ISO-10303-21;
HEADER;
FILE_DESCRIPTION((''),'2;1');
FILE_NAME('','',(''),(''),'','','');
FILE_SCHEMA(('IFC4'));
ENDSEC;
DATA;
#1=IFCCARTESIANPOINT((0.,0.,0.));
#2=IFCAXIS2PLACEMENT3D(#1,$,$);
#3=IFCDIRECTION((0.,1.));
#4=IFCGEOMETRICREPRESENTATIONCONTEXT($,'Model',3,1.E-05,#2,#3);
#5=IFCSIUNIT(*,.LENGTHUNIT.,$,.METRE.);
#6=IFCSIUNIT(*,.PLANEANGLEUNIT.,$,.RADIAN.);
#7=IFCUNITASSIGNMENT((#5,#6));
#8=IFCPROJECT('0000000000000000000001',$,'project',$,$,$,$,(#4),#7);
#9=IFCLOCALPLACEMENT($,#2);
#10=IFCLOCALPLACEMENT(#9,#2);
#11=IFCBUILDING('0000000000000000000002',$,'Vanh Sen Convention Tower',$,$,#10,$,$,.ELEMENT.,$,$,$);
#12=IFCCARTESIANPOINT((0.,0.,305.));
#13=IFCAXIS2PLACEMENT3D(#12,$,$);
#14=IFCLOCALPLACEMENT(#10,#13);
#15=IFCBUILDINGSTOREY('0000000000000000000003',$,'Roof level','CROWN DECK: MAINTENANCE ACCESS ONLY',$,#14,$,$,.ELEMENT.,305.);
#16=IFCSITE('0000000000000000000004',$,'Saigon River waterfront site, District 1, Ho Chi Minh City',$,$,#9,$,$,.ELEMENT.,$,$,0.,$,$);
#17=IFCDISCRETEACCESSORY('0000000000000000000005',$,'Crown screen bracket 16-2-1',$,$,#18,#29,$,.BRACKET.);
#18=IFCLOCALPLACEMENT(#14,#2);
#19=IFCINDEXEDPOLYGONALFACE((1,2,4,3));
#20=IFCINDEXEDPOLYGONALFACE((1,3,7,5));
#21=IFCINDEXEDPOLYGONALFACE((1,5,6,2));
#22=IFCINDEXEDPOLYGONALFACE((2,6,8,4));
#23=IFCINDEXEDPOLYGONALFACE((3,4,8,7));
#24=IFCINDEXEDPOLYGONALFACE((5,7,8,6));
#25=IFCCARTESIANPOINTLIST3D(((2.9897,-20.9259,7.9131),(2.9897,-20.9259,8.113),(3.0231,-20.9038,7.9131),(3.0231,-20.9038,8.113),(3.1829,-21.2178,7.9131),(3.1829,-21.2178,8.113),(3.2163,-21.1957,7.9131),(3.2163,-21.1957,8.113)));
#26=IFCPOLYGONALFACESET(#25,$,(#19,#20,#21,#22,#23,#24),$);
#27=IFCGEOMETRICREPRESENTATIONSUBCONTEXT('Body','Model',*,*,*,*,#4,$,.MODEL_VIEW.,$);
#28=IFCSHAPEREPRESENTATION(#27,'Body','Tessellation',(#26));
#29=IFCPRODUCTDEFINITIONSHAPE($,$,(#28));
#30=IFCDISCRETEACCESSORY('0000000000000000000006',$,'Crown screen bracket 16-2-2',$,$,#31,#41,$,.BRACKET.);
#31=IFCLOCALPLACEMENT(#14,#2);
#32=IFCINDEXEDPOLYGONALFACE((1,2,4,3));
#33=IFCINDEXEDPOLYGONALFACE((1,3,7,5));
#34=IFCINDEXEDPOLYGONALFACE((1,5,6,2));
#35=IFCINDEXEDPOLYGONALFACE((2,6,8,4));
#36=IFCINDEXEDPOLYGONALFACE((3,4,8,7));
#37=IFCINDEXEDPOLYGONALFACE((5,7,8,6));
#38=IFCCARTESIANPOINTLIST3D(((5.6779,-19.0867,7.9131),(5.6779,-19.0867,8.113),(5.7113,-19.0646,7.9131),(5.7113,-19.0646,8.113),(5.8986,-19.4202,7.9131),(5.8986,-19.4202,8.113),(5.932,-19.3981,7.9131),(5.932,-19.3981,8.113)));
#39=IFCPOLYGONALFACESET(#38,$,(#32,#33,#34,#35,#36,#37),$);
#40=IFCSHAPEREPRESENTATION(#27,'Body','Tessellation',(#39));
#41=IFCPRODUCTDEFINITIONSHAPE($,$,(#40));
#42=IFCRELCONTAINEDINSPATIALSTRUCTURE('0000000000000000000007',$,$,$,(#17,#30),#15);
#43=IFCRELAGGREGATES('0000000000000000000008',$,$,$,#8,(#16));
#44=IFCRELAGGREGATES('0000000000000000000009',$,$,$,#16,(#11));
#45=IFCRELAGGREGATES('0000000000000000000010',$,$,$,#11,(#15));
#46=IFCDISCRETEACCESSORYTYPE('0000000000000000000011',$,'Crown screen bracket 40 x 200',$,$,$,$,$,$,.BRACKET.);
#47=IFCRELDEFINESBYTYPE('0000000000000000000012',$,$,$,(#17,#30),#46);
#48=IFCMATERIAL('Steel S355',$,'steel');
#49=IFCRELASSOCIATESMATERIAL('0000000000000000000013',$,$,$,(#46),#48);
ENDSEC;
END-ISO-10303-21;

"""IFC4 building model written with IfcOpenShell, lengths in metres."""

from ifc_helpers import new_model, si_unit, direction, frame, origin, origin_2d, place, context, subcontext, project, spatial, rectangle, extrude, material, type_object, element, save


model = new_model("IFC4")

# Units and contexts
model_context = context("Model", 3, precision=1e-05, world=origin(), true_north=direction((0.0, 1.0)))
body_context = subcontext(model_context, "Body", "Model", "MODEL_VIEW")
ifc_project = project(units=[si_unit("LENGTHUNIT", "METRE"), si_unit("PLANEANGLEUNIT", "RADIAN")], contexts=[model_context])

# Site, building, storey
site_placement = place(None, origin())
site = spatial("IfcSite", under=ifc_project, at=site_placement, Name="Saigon River waterfront site, District 1, Ho Chi Minh City", CompositionType="ELEMENT", RefElevation=0.0)
building_placement = place(site_placement, origin())
building = spatial("IfcBuilding", under=site, at=building_placement, Name="Vanh Sen Convention Tower", CompositionType="ELEMENT")
storey_placement = place(building_placement, frame((0.0, 0.0, 305.0)))
storey = spatial("IfcBuildingStorey", under=building, at=storey_placement, Name="Roof level", Description="CROWN DECK: MAINTENANCE ACCESS ONLY", CompositionType="ELEMENT", Elevation=305.0)

# Discrete accessories
ifc_material_1 = material(Name="Steel S355", Category="steel")
discrete_accessory_type_1 = type_object("IfcDiscreteAccessoryType", Name="Crown screen bracket 40 x 200", PredefinedType="BRACKET", material=ifc_material_1)
discrete_accessory_1_placement = place(storey_placement, frame((3.103, -21.0608, 7.9131), z_axis=(0.0, 0.0, 1.0), x_axis=(0.55193, -0.833891, 0.0)))
element("IfcDiscreteAccessory", 1, at=discrete_accessory_1_placement, inside=storey, type_object=discrete_accessory_type_1, Name="Crown screen bracket 16-2-1", PredefinedType="BRACKET", context=body_context, shape_type="SweptSolid", body=[
    extrude(rectangle(XDim=0.3501, YDim=0.04, at=origin_2d()), origin(), (0.0, 0.0, 1.0), 0.2),
])
discrete_accessory_2_placement = place(storey_placement, frame((5.8049, -19.2424, 7.9131), z_axis=(0.0, 0.0, 1.0), x_axis=(0.55193, -0.833891, 0.0)))
element("IfcDiscreteAccessory", 2, at=discrete_accessory_2_placement, inside=storey, type_object=discrete_accessory_type_1, Name="Crown screen bracket 16-2-2", PredefinedType="BRACKET", context=body_context, shape_type="SweptSolid", body=[
    extrude(rectangle(XDim=0.3999, YDim=0.04, at=origin_2d()), origin(), (0.0, 0.0, 1.0), 0.2),
])

save(model, "model.ifc")
